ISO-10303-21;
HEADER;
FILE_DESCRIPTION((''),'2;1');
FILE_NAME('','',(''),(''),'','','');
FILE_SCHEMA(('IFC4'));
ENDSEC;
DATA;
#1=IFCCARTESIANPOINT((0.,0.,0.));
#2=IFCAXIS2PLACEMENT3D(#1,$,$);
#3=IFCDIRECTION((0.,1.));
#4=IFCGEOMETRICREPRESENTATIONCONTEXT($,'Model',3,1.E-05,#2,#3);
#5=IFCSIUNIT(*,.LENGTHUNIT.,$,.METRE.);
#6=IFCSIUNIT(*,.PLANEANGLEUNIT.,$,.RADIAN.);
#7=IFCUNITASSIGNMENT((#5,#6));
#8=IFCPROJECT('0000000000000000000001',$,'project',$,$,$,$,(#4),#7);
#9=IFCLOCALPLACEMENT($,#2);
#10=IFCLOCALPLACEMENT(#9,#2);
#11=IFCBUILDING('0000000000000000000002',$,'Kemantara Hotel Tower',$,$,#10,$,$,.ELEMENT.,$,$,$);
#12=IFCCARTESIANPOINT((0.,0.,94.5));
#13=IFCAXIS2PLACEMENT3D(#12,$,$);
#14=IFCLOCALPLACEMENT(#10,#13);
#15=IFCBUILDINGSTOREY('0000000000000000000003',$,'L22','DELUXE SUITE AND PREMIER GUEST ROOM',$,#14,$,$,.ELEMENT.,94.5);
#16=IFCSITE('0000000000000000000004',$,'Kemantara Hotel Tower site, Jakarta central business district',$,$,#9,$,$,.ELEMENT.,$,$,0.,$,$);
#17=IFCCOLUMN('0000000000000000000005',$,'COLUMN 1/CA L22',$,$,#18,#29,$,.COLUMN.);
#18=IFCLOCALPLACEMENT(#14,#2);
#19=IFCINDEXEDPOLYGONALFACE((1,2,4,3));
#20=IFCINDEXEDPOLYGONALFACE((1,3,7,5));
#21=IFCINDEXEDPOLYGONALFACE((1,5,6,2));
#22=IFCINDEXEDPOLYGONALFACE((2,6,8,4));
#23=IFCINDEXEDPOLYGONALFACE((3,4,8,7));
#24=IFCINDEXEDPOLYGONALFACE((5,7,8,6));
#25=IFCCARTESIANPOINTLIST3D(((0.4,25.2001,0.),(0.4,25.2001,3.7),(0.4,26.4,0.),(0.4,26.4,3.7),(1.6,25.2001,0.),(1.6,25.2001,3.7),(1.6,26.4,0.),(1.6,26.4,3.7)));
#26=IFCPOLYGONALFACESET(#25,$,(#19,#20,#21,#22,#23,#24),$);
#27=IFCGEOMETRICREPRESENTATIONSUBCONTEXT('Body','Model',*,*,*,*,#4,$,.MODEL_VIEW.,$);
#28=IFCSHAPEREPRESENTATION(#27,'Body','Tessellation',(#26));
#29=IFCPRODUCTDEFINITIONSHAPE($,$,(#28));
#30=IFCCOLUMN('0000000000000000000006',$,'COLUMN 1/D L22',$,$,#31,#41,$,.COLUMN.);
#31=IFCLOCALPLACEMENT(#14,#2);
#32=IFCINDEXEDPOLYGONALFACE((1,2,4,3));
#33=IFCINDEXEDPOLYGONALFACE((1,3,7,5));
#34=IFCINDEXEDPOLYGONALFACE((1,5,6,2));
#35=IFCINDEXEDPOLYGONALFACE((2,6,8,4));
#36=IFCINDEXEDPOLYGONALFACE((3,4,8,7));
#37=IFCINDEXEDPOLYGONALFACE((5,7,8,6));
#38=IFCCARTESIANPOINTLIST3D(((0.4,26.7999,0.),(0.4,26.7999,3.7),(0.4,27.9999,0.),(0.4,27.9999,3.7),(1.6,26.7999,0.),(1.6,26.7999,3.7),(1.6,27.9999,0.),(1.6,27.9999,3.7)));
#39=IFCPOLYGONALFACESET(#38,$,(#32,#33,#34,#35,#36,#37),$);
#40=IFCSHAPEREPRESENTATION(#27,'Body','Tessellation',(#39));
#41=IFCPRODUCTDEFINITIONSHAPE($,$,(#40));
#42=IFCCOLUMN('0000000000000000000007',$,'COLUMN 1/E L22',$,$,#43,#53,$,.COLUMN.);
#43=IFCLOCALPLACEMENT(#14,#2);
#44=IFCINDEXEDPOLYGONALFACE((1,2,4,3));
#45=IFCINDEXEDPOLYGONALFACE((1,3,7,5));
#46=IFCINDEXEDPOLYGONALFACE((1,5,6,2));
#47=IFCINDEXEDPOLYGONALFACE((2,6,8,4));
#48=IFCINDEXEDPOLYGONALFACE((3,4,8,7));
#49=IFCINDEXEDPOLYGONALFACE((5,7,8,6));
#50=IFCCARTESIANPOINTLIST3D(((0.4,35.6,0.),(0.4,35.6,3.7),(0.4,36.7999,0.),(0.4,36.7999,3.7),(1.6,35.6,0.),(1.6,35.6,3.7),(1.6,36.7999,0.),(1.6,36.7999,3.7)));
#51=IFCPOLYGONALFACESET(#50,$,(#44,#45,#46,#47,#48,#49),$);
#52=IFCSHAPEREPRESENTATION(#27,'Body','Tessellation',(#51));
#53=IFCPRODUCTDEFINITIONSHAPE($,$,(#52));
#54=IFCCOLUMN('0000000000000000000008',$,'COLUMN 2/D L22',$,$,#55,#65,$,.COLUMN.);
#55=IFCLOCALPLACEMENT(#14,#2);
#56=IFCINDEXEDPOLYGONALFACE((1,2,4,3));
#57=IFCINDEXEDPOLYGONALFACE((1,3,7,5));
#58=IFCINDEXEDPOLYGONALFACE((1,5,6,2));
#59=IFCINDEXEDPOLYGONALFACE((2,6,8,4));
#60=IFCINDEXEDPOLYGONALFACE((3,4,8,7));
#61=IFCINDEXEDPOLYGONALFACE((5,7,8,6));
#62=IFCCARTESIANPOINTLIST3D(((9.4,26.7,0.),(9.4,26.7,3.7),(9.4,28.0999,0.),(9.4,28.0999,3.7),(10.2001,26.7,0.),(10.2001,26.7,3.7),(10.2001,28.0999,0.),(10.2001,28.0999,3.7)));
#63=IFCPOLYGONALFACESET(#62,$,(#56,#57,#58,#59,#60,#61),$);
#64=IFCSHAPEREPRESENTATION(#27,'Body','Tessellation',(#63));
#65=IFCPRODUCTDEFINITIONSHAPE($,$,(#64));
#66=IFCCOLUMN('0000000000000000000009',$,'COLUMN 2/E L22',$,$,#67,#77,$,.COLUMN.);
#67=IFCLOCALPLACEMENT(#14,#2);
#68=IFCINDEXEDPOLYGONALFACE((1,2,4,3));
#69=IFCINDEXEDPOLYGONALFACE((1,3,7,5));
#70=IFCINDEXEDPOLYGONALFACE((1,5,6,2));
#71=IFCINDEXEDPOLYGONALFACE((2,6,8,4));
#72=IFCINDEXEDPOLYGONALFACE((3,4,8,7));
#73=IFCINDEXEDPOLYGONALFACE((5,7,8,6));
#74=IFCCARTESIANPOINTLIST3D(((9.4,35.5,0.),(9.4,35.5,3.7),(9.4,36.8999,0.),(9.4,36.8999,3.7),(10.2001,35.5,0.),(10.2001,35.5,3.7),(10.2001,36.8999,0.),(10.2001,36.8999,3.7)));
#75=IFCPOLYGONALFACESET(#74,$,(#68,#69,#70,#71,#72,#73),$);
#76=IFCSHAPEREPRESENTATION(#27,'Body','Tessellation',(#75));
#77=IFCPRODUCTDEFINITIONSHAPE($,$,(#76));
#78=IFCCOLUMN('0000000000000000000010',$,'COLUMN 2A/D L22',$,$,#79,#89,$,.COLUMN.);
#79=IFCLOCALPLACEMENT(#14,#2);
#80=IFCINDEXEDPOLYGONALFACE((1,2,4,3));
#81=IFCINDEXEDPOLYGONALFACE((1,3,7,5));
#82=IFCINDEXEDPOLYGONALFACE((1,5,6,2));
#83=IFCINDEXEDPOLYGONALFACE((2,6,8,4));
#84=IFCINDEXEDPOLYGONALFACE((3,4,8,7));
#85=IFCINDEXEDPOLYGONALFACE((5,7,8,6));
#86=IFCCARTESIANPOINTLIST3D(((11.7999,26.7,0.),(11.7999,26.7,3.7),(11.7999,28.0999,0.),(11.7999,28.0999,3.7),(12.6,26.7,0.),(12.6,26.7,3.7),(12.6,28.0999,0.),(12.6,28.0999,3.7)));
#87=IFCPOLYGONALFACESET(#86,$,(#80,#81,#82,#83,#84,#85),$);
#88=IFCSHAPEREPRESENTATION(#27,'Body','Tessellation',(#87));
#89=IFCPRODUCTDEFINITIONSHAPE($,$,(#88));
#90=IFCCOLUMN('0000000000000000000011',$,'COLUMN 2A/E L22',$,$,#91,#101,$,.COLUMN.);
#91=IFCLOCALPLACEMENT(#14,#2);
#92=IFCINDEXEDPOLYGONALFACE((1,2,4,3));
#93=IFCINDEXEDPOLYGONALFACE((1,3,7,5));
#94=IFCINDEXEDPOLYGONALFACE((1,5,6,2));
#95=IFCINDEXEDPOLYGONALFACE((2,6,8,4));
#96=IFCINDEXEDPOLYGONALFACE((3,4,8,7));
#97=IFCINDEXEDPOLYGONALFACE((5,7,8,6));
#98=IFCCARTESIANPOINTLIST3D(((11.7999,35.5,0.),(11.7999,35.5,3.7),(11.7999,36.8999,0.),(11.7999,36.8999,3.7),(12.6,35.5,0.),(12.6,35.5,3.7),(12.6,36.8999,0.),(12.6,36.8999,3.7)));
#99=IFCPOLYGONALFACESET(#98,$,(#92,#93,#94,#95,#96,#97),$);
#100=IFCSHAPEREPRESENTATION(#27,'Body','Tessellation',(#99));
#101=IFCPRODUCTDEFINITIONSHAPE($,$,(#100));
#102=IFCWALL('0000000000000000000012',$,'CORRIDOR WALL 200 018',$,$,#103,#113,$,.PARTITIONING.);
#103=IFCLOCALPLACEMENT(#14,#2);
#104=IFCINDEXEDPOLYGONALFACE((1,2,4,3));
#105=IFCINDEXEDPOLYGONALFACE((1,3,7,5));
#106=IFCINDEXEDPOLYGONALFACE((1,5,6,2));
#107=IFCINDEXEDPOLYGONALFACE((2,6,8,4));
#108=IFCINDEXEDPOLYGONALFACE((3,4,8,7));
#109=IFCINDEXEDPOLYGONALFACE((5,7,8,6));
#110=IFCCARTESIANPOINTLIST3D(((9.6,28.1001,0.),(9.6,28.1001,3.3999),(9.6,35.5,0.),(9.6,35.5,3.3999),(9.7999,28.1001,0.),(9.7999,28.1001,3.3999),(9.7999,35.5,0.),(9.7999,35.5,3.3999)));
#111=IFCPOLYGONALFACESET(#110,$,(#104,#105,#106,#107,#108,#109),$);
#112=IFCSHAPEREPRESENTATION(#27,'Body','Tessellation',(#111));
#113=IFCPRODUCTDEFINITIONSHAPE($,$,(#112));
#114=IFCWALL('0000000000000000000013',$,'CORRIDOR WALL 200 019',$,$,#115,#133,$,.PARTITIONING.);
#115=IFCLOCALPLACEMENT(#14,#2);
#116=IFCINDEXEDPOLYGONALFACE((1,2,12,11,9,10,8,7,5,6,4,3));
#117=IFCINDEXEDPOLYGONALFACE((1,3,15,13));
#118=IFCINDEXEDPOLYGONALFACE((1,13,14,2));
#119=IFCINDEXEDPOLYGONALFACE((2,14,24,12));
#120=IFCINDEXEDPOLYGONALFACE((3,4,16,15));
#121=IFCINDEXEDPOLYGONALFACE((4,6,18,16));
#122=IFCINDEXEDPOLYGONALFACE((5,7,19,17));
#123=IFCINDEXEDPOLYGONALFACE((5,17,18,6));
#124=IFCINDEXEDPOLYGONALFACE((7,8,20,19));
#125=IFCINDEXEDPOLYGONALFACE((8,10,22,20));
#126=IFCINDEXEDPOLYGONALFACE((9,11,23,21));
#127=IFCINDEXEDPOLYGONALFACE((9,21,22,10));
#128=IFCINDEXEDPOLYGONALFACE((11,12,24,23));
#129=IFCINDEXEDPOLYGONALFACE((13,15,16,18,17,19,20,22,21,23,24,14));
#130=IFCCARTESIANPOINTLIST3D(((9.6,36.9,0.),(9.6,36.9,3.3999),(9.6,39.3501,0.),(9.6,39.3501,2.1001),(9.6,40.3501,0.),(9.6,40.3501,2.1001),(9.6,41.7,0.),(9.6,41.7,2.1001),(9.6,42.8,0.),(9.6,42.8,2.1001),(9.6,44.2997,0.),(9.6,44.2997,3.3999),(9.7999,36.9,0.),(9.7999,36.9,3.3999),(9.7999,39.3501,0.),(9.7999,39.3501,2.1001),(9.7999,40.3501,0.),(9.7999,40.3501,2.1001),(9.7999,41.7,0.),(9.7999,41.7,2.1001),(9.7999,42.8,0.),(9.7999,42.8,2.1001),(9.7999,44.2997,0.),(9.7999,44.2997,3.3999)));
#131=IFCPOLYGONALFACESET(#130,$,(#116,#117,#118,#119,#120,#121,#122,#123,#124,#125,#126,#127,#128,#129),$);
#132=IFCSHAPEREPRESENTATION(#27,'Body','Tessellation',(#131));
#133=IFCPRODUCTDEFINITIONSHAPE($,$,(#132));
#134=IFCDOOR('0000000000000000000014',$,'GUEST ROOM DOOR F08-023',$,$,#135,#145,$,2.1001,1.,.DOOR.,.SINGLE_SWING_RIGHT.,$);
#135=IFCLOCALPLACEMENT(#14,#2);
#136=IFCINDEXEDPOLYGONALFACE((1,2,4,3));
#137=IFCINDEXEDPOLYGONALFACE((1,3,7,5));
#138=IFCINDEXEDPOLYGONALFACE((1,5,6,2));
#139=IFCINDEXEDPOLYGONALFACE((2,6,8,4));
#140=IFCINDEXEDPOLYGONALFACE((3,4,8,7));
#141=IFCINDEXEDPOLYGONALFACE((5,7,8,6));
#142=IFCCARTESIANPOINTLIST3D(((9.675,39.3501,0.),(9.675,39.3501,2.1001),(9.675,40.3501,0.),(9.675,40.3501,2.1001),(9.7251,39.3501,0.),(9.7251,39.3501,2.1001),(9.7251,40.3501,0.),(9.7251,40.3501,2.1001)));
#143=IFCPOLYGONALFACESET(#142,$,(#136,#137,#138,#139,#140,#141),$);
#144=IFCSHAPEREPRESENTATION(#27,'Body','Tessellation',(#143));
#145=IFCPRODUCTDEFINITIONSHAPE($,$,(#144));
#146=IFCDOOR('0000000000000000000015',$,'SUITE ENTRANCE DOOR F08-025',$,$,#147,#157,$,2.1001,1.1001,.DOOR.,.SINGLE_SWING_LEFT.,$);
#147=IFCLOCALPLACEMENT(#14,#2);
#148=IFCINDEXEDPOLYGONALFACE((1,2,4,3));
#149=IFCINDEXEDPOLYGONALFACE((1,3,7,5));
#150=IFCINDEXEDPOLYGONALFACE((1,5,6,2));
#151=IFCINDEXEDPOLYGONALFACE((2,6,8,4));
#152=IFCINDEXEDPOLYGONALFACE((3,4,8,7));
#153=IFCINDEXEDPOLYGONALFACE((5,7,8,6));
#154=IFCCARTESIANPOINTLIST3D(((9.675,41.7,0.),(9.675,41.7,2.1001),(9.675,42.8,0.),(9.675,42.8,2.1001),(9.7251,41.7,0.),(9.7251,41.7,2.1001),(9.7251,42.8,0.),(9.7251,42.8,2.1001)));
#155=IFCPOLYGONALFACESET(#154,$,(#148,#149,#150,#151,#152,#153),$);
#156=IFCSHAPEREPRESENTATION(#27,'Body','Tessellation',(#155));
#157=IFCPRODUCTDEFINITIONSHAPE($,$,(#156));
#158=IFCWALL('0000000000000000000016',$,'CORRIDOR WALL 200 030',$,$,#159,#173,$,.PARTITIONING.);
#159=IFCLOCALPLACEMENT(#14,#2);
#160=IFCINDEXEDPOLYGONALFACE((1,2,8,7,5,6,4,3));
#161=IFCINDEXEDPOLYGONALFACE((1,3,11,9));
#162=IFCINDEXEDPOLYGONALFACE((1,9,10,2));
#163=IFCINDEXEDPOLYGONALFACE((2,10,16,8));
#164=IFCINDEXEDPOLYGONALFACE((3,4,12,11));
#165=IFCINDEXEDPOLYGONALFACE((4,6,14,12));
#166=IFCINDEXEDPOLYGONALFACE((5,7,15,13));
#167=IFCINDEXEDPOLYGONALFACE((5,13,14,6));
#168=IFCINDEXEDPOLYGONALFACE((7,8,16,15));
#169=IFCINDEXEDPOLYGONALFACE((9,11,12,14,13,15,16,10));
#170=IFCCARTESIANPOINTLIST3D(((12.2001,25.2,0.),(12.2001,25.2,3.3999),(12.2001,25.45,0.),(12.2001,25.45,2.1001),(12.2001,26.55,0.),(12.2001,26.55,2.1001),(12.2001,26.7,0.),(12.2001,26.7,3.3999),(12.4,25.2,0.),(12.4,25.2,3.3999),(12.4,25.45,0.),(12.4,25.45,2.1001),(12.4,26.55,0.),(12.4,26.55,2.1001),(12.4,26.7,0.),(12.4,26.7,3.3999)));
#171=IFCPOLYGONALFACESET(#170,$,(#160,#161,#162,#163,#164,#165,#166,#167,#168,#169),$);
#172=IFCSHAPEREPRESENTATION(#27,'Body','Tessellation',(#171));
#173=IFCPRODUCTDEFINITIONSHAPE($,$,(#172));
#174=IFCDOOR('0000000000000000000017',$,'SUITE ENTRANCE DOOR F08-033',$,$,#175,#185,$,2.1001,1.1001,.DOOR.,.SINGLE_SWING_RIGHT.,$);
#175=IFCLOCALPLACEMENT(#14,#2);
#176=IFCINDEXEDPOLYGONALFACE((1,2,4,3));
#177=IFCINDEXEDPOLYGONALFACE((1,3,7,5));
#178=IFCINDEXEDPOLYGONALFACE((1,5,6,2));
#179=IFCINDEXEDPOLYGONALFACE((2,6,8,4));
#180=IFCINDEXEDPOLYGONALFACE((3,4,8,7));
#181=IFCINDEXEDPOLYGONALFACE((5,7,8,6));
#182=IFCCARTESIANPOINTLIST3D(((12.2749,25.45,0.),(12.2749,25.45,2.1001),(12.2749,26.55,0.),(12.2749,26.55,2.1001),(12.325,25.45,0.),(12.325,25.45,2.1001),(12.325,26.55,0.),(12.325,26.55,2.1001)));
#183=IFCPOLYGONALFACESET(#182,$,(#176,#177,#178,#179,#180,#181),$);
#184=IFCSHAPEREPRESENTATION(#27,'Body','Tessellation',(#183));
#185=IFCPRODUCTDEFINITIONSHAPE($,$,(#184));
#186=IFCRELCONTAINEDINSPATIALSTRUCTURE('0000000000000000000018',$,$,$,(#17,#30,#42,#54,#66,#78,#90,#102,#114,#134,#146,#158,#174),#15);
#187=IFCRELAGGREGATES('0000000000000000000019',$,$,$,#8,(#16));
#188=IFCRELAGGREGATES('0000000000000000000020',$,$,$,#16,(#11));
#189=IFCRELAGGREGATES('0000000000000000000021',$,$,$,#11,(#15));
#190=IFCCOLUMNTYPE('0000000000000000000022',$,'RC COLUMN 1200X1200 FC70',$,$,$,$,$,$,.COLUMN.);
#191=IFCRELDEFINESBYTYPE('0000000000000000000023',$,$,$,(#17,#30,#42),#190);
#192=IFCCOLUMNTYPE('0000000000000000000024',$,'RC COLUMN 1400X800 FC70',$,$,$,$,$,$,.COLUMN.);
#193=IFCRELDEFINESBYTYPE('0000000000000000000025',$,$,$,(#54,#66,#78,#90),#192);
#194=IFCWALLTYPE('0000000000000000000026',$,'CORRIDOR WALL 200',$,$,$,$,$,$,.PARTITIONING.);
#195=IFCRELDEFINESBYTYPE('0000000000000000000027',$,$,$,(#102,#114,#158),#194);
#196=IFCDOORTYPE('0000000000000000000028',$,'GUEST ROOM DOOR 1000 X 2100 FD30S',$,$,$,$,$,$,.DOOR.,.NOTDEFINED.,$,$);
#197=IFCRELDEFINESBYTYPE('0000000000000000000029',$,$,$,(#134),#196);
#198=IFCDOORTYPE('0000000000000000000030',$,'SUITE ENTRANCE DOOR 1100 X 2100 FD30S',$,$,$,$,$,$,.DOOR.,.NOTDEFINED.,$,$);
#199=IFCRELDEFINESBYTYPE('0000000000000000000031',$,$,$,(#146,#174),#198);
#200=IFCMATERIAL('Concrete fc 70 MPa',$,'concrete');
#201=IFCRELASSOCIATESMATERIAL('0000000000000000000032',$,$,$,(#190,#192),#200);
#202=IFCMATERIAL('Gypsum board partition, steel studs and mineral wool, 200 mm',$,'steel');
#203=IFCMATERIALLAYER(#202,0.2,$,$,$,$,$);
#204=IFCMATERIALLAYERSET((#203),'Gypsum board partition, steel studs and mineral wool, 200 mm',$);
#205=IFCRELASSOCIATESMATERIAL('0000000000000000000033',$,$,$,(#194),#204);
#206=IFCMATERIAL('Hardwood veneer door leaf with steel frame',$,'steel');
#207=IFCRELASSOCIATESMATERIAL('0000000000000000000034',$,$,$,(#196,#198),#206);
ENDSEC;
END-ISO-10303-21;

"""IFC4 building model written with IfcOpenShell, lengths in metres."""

from ifc_helpers import new_model, si_unit, direction, frame, frame_2d, origin, origin_2d, place, context, subcontext, project, spatial, rectangle, extrude, material, layer, layer_set, material_profile, profile_set, type_object, element, fill, save


model = new_model("IFC4")

# Units and contexts
model_context = context("Model", 3, precision=1e-05, world=origin(), true_north=direction((0.0, 1.0)))
body_context = subcontext(model_context, "Body", "Model", "MODEL_VIEW")
ifc_project = project(units=[si_unit("LENGTHUNIT", "METRE"), si_unit("PLANEANGLEUNIT", "RADIAN")], contexts=[model_context])

# Site, building, storey
site_placement = place(None, origin())
site = spatial("IfcSite", under=ifc_project, at=site_placement, Name="Kemantara Hotel Tower site, Jakarta central business district", CompositionType="ELEMENT", RefElevation=0.0)
building_placement = place(site_placement, origin())
building = spatial("IfcBuilding", under=site, at=building_placement, Name="Kemantara Hotel Tower", CompositionType="ELEMENT")
storey_placement = place(building_placement, frame((0.0, 0.0, 94.5)))
storey = spatial("IfcBuildingStorey", under=building, at=storey_placement, Name="L22", Description="DELUXE SUITE AND PREMIER GUEST ROOM", CompositionType="ELEMENT", Elevation=94.5)

# Columns
ifc_material_1 = material(Name="Concrete fc 70 MPa", Category="concrete")
ifc_material_profile_1 = material_profile(ifc_material_1, rectangle(XDim=1.2, YDim=1.2, at=origin_2d()), Name="RC 1200X1200")
ifc_profile_set_1 = profile_set([ifc_material_profile_1], Name="Concrete fc 70 MPa")
column_type_1 = type_object("IfcColumnType", Name="RC COLUMN 1200X1200 FC70", PredefinedType="COLUMN", material=ifc_profile_set_1)
for number, where, z_axis, x_axis, name in (
    (1, (1.0, 25.8, 0.0), (0.0, 0.0, 1.0), (1.0, 0.0, 0.0), "COLUMN 1/CA L22"),
    (2, (1.0, 27.3999, 0.0), (0.0, 0.0, 1.0), (1.0, 0.0, 0.0), "COLUMN 1/D L22"),
    (3, (1.0, 36.2, 0.0), (0.0, 0.0, 1.0), (1.0, 0.0, 0.0), "COLUMN 1/E L22"),
):
    element("IfcColumn", number, at=place(storey_placement, frame(where, z_axis=z_axis, x_axis=x_axis)), inside=storey, type_object=column_type_1, Name=name, PredefinedType="COLUMN", context=body_context, shape_type="SweptSolid", body=[
        extrude(rectangle(XDim=1.2, YDim=1.2, at=origin_2d()), origin(), (0.0, 0.0, 1.0), 3.7),
    ])
ifc_material_profile_2 = material_profile(ifc_material_1, rectangle(XDim=1.3999, YDim=0.8, at=origin_2d()), Name="RC 1400X800")
ifc_profile_set_2 = profile_set([ifc_material_profile_2], Name="Concrete fc 70 MPa")
column_type_2 = type_object("IfcColumnType", Name="RC COLUMN 1400X800 FC70", PredefinedType="COLUMN", material=ifc_profile_set_2)
for number, where, z_axis, x_axis, name in (
    (4, (9.8, 27.3999, 0.0), (0.0, 0.0, 1.0), (0.0, 1.0, 0.0), "COLUMN 2/D L22"),
    (5, (9.8, 36.2, 0.0), (0.0, 0.0, 1.0), (0.0, 1.0, 0.0), "COLUMN 2/E L22"),
    (6, (12.2, 27.3999, 0.0), (0.0, 0.0, 1.0), (0.0, 1.0, 0.0), "COLUMN 2A/D L22"),
    (7, (12.2, 36.2, 0.0), (0.0, 0.0, 1.0), (0.0, 1.0, 0.0), "COLUMN 2A/E L22"),
):
    element("IfcColumn", number, at=place(storey_placement, frame(where, z_axis=z_axis, x_axis=x_axis)), inside=storey, type_object=column_type_2, Name=name, PredefinedType="COLUMN", context=body_context, shape_type="SweptSolid", body=[
        extrude(rectangle(XDim=1.3999, YDim=0.8, at=origin_2d()), origin(), (0.0, 0.0, 1.0), 3.7),
    ])

# Wall
ifc_material_2 = material(Name="Gypsum board partition, steel studs and mineral wool, 200 mm", Category="steel")
ifc_layer_1 = layer(ifc_material_2, 0.2)
ifc_layer_set_1 = layer_set([ifc_layer_1], Name="Gypsum board partition, steel studs and mineral wool, 200 mm")
wall_type_1 = type_object("IfcWallType", Name="CORRIDOR WALL 200", PredefinedType="PARTITIONING", material=ifc_layer_set_1)
wall_1_placement = place(storey_placement, frame((9.7, 28.1001, 0.0), z_axis=(0.0, 0.0, 1.0), x_axis=(0.0, 1.0, 0.0)))
element("IfcWall", 8, at=wall_1_placement, inside=storey, type_object=wall_type_1, Name="CORRIDOR WALL 200 018", PredefinedType="PARTITIONING", context=body_context, shape_type="SweptSolid", body=[
    extrude(rectangle(XDim=7.3999, YDim=0.2, at=frame_2d((3.7, 0.0))), origin(), (0.0, 0.0, 1.0), 3.3999),
])

# Wall, openings, doors
wall_2_placement = place(storey_placement, frame((9.7, 36.9001, 0.0), z_axis=(0.0, 0.0, 1.0), x_axis=(0.0, 1.0, 0.0)))
wall_2 = element("IfcWall", 9, at=wall_2_placement, inside=storey, type_object=wall_type_1, Name="CORRIDOR WALL 200 019", PredefinedType="PARTITIONING", context=body_context, shape_type="SweptSolid", body=[
    extrude(rectangle(XDim=7.3997, YDim=0.2, at=frame_2d((3.6997, 0.0))), origin(), (0.0, 0.0, 1.0), 3.3999),
])
opening_1_placement = place(wall_2_placement, frame((2.45, 0.0, 0.0)))
opening_1 = element("IfcOpeningElement", 10, at=opening_1_placement, cuts=wall_2, PredefinedType="OPENING", context=body_context, shape_type="SweptSolid", body=[
    extrude(rectangle(XDim=1.0, YDim=2.1001, at=frame_2d((0.5, 1.05))), frame((0.0, 0.1099, 0.0), z_axis=(0.0, -1.0, 0.0), x_axis=(1.0, 0.0, 0.0)), (0.0, 0.0, 1.0), 0.22),
])
opening_2_placement = place(wall_2_placement, frame((4.7998, 0.0, 0.0)))
opening_2 = element("IfcOpeningElement", 11, at=opening_2_placement, cuts=wall_2, PredefinedType="OPENING", context=body_context, shape_type="SweptSolid", body=[
    extrude(rectangle(XDim=1.1001, YDim=2.1001, at=frame_2d((0.55, 1.05))), frame((0.0, 0.1099, 0.0), z_axis=(0.0, -1.0, 0.0), x_axis=(1.0, 0.0, 0.0)), (0.0, 0.0, 1.0), 0.22),
])
ifc_material_3 = material(Name="Hardwood veneer door leaf with steel frame", Category="steel")
door_type_1 = type_object("IfcDoorType", Name="GUEST ROOM DOOR 1000 X 2100 FD30S", OperationType="NOTDEFINED", PredefinedType="DOOR", material=ifc_material_3)
door_1_placement = place(opening_1_placement, origin())
door_1 = element("IfcDoor", 12, at=door_1_placement, inside=storey, type_object=door_type_1, Name="GUEST ROOM DOOR F08-023", OperationType="SINGLE_SWING_RIGHT", OverallHeight=2.1001, OverallWidth=1.0, PredefinedType="DOOR", context=body_context, shape_type="SweptSolid", body=[
    extrude(rectangle(XDim=1.0, YDim=2.1001, at=frame_2d((0.5, 1.05))), frame((0.0, 0.0249, 0.0), z_axis=(0.0, -1.0, 0.0), x_axis=(1.0, 0.0, 0.0)), (0.0, 0.0, 1.0), 0.05),
])
fill(opening_1, door_1)
door_type_2 = type_object("IfcDoorType", Name="SUITE ENTRANCE DOOR 1100 X 2100 FD30S", OperationType="NOTDEFINED", PredefinedType="DOOR", material=ifc_material_3)
door_2_placement = place(opening_2_placement, origin())
door_2 = element("IfcDoor", 13, at=door_2_placement, inside=storey, type_object=door_type_2, Name="SUITE ENTRANCE DOOR F08-025", OperationType="SINGLE_SWING_LEFT", OverallHeight=2.1001, OverallWidth=1.1001, PredefinedType="DOOR", context=body_context, shape_type="SweptSolid", body=[
    extrude(rectangle(XDim=1.1001, YDim=2.1001, at=frame_2d((0.55, 1.05))), frame((0.0, 0.0249, 0.0), z_axis=(0.0, -1.0, 0.0), x_axis=(1.0, 0.0, 0.0)), (0.0, 0.0, 1.0), 0.05),
])
fill(opening_2, door_2)

# Wall, opening, door
wall_3_placement = place(storey_placement, frame((12.3, 26.7, 0.0), z_axis=(0.0, 0.0, 1.0), x_axis=(0.0, -1.0, 0.0)))
wall_3 = element("IfcWall", 14, at=wall_3_placement, inside=storey, type_object=wall_type_1, Name="CORRIDOR WALL 200 030", PredefinedType="PARTITIONING", context=body_context, shape_type="SweptSolid", body=[
    extrude(rectangle(XDim=1.5, YDim=0.2, at=frame_2d((0.75, 0.0))), origin(), (0.0, 0.0, 1.0), 3.3999),
])
opening_3_placement = place(wall_3_placement, frame((0.1499, 0.0, 0.0)))
opening_3 = element("IfcOpeningElement", 15, at=opening_3_placement, cuts=wall_3, PredefinedType="OPENING", context=body_context, shape_type="SweptSolid", body=[
    extrude(rectangle(XDim=1.1001, YDim=2.1001, at=frame_2d((0.55, 1.05))), frame((0.0, 0.1099, 0.0), z_axis=(0.0, -1.0, 0.0), x_axis=(1.0, 0.0, 0.0)), (0.0, 0.0, 1.0), 0.22),
])
door_3_placement = place(opening_3_placement, origin())
door_3 = element("IfcDoor", 16, at=door_3_placement, inside=storey, type_object=door_type_2, Name="SUITE ENTRANCE DOOR F08-033", OperationType="SINGLE_SWING_RIGHT", OverallHeight=2.1001, OverallWidth=1.1001, PredefinedType="DOOR", context=body_context, shape_type="SweptSolid", body=[
    extrude(rectangle(XDim=1.1001, YDim=2.1001, at=frame_2d((0.55, 1.05))), frame((0.0, 0.0249, 0.0), z_axis=(0.0, -1.0, 0.0), x_axis=(1.0, 0.0, 0.0)), (0.0, 0.0, 1.0), 0.05),
])
fill(opening_3, door_3)

save(model, "model.ifc")
